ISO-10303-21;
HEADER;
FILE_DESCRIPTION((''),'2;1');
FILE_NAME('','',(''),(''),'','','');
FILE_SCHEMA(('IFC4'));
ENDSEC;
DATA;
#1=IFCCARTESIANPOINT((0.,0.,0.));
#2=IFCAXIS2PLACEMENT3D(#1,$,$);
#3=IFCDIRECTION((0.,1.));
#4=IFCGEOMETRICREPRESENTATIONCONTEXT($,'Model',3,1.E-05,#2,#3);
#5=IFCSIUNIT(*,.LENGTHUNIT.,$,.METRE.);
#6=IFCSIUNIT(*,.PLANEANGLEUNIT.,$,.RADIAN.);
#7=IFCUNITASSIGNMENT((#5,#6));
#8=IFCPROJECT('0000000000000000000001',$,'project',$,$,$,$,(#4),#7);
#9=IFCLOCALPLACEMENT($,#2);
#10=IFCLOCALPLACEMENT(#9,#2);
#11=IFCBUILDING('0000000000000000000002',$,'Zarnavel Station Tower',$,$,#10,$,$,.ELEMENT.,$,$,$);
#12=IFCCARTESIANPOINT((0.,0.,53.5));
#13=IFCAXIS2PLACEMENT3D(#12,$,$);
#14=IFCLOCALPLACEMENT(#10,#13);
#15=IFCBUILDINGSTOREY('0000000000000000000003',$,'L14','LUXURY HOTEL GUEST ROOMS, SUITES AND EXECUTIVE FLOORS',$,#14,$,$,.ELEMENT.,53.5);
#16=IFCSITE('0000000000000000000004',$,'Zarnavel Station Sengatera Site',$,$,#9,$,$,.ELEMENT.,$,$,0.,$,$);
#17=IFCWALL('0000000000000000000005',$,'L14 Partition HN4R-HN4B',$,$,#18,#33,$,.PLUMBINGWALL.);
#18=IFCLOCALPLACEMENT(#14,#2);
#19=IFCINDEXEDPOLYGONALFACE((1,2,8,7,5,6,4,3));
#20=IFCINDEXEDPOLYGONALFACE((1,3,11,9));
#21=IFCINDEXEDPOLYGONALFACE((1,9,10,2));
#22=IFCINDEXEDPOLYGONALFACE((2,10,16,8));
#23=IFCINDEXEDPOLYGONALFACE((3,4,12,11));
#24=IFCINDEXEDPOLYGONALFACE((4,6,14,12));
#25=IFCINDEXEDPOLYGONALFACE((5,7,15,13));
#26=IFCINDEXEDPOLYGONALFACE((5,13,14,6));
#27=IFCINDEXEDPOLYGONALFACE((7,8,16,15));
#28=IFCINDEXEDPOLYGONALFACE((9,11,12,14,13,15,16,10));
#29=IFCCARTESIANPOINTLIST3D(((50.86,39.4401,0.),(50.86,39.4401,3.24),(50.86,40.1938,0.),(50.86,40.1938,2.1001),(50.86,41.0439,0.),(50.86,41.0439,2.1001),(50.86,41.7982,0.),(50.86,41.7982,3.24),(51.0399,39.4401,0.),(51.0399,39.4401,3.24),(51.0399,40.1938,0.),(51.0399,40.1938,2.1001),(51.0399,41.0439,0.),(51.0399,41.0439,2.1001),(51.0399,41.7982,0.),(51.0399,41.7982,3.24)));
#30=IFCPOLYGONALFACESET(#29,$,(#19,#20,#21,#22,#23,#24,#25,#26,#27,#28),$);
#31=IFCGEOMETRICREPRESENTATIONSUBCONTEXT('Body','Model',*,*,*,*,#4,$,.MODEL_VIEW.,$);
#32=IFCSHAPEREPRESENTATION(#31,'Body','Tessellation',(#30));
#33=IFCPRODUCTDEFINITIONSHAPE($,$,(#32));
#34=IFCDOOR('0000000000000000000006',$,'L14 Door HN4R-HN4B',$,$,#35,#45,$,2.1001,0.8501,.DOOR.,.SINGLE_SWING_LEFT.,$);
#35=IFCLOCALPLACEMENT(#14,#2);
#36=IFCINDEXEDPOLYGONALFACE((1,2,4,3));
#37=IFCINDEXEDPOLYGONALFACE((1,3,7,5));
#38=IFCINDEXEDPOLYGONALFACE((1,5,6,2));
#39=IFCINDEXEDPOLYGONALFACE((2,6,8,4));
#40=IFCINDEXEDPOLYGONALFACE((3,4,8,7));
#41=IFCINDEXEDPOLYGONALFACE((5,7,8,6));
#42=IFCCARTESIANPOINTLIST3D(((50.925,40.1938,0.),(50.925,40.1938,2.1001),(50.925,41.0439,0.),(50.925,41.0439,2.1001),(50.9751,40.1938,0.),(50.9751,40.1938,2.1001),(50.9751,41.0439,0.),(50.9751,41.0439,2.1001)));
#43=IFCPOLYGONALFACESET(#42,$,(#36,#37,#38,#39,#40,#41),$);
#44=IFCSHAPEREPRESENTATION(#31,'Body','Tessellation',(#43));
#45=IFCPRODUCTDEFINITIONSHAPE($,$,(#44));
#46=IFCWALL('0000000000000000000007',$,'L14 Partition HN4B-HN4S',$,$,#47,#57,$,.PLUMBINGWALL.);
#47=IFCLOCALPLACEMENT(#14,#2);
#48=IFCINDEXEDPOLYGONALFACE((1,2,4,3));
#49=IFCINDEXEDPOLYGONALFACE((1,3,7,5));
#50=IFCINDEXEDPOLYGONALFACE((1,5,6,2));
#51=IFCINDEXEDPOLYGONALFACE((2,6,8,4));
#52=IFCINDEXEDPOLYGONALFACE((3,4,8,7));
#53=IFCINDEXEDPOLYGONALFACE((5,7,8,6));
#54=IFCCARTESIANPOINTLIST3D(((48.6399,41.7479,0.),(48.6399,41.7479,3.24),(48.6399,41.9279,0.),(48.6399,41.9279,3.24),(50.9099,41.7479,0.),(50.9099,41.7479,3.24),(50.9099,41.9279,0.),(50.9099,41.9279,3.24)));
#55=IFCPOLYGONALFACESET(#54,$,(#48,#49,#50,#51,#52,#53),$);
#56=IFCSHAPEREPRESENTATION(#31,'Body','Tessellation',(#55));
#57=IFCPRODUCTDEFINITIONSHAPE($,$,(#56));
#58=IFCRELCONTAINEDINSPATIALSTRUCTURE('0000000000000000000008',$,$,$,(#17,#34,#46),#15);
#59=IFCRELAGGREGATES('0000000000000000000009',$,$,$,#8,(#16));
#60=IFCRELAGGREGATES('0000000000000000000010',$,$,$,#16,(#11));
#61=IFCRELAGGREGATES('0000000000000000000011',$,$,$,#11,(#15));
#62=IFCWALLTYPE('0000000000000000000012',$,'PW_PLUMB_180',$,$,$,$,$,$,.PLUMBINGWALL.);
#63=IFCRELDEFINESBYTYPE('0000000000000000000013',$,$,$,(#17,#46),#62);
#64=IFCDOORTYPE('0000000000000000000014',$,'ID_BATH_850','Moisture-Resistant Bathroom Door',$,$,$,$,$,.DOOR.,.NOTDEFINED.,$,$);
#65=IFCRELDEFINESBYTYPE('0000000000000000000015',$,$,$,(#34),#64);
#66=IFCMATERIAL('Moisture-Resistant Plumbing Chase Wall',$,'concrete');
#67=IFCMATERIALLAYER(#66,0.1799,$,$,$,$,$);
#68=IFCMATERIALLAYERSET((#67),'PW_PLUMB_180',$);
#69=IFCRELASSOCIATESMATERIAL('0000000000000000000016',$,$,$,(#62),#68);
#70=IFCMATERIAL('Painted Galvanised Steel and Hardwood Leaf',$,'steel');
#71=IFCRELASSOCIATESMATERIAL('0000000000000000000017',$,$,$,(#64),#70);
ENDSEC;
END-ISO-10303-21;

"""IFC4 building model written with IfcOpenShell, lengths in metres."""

from ifc_helpers import new_model, si_unit, direction, frame, frame_2d, origin, place, context, subcontext, project, spatial, rectangle, extrude, material, layer, layer_set, type_object, element, fill, save


model = new_model("IFC4")

# Units and contexts
model_context = context("Model", 3, precision=1e-05, world=origin(), true_north=direction((0.0, 1.0)))
body_context = subcontext(model_context, "Body", "Model", "MODEL_VIEW")
ifc_project = project(units=[si_unit("LENGTHUNIT", "METRE"), si_unit("PLANEANGLEUNIT", "RADIAN")], contexts=[model_context])

# Site, building, storey
site_placement = place(None, origin())
site = spatial("IfcSite", under=ifc_project, at=site_placement, Name="Zarnavel Station Sengatera Site", CompositionType="ELEMENT", RefElevation=0.0)
building_placement = place(site_placement, origin())
building = spatial("IfcBuilding", under=site, at=building_placement, Name="Zarnavel Station Tower", CompositionType="ELEMENT")
storey_placement = place(building_placement, frame((0.0, 0.0, 53.5)))
storey = spatial("IfcBuildingStorey", under=building, at=storey_placement, Name="L14", Description="LUXURY HOTEL GUEST ROOMS, SUITES AND EXECUTIVE FLOORS", CompositionType="ELEMENT", Elevation=53.5)

# Shared definitions
ifc_material_1 = material(Name="Moisture-Resistant Plumbing Chase Wall", Category="concrete")
ifc_layer_1 = layer(ifc_material_1, 0.1799)
ifc_layer_set_1 = layer_set([ifc_layer_1], Name="PW_PLUMB_180")
wall_type_1 = type_object("IfcWallType", Name="PW_PLUMB_180", PredefinedType="PLUMBINGWALL", material=ifc_layer_set_1)

# Shared definitions
ifc_material_2 = material(Name="Painted Galvanised Steel and Hardwood Leaf", Category="steel")
door_type_1 = type_object("IfcDoorType", Name="ID_BATH_850", Description="Moisture-Resistant Bathroom Door", OperationType="NOTDEFINED", PredefinedType="DOOR", material=ifc_material_2)

# Wall, opening, door
wall_1_placement = place(storey_placement, frame((50.95, 39.4399, 0.0), z_axis=(0.0, 0.0, 1.0), x_axis=(0.0, 1.0, 0.0)))
wall_1 = element("IfcWall", 1, at=wall_1_placement, inside=storey, type_object=wall_type_1, Name="L14 Partition HN4R-HN4B", PredefinedType="PLUMBINGWALL", context=body_context, shape_type="SweptSolid", body=[
    extrude(rectangle(XDim=2.3582, YDim=0.1799, at=frame_2d((1.1792, 0.0))), origin(), (0.0, 0.0, 1.0), 3.24),
])
opening_1_placement = place(wall_1_placement, frame((0.7539, 0.0, 0.0)))
opening_1 = element("IfcOpeningElement", 2, at=opening_1_placement, cuts=wall_1, PredefinedType="OPENING", context=body_context, shape_type="SweptSolid", body=[
    extrude(rectangle(XDim=0.8501, YDim=2.1001, at=frame_2d((0.425, 1.05))), frame((0.0, 0.0999, 0.0), z_axis=(0.0, -1.0, 0.0), x_axis=(1.0, 0.0, 0.0)), (0.0, 0.0, 1.0), 0.2),
])
door_1_placement = place(opening_1_placement, origin())
door_1 = element("IfcDoor", 3, at=door_1_placement, inside=storey, type_object=door_type_1, Name="L14 Door HN4R-HN4B", OperationType="SINGLE_SWING_LEFT", OverallHeight=2.1001, OverallWidth=0.8501, PredefinedType="DOOR", context=body_context, shape_type="SweptSolid", body=[
    extrude(rectangle(XDim=0.8501, YDim=2.1001, at=frame_2d((0.425, 1.05))), frame((0.0, 0.0249, 0.0), z_axis=(0.0, -1.0, 0.0), x_axis=(1.0, 0.0, 0.0)), (0.0, 0.0, 1.0), 0.05),
])
fill(opening_1, door_1)

# Wall
wall_2_placement = place(storey_placement, frame((48.6399, 41.8379, 0.0), z_axis=(0.0, 0.0, 1.0), x_axis=(1.0, 0.0, 0.0)))
element("IfcWall", 4, at=wall_2_placement, inside=storey, type_object=wall_type_1, Name="L14 Partition HN4B-HN4S", PredefinedType="PLUMBINGWALL", context=body_context, shape_type="SweptSolid", body=[
    extrude(rectangle(XDim=2.27, YDim=0.1799, at=frame_2d((1.135, 0.0))), origin(), (0.0, 0.0, 1.0), 3.24),
])

save(model, "model.ifc")
